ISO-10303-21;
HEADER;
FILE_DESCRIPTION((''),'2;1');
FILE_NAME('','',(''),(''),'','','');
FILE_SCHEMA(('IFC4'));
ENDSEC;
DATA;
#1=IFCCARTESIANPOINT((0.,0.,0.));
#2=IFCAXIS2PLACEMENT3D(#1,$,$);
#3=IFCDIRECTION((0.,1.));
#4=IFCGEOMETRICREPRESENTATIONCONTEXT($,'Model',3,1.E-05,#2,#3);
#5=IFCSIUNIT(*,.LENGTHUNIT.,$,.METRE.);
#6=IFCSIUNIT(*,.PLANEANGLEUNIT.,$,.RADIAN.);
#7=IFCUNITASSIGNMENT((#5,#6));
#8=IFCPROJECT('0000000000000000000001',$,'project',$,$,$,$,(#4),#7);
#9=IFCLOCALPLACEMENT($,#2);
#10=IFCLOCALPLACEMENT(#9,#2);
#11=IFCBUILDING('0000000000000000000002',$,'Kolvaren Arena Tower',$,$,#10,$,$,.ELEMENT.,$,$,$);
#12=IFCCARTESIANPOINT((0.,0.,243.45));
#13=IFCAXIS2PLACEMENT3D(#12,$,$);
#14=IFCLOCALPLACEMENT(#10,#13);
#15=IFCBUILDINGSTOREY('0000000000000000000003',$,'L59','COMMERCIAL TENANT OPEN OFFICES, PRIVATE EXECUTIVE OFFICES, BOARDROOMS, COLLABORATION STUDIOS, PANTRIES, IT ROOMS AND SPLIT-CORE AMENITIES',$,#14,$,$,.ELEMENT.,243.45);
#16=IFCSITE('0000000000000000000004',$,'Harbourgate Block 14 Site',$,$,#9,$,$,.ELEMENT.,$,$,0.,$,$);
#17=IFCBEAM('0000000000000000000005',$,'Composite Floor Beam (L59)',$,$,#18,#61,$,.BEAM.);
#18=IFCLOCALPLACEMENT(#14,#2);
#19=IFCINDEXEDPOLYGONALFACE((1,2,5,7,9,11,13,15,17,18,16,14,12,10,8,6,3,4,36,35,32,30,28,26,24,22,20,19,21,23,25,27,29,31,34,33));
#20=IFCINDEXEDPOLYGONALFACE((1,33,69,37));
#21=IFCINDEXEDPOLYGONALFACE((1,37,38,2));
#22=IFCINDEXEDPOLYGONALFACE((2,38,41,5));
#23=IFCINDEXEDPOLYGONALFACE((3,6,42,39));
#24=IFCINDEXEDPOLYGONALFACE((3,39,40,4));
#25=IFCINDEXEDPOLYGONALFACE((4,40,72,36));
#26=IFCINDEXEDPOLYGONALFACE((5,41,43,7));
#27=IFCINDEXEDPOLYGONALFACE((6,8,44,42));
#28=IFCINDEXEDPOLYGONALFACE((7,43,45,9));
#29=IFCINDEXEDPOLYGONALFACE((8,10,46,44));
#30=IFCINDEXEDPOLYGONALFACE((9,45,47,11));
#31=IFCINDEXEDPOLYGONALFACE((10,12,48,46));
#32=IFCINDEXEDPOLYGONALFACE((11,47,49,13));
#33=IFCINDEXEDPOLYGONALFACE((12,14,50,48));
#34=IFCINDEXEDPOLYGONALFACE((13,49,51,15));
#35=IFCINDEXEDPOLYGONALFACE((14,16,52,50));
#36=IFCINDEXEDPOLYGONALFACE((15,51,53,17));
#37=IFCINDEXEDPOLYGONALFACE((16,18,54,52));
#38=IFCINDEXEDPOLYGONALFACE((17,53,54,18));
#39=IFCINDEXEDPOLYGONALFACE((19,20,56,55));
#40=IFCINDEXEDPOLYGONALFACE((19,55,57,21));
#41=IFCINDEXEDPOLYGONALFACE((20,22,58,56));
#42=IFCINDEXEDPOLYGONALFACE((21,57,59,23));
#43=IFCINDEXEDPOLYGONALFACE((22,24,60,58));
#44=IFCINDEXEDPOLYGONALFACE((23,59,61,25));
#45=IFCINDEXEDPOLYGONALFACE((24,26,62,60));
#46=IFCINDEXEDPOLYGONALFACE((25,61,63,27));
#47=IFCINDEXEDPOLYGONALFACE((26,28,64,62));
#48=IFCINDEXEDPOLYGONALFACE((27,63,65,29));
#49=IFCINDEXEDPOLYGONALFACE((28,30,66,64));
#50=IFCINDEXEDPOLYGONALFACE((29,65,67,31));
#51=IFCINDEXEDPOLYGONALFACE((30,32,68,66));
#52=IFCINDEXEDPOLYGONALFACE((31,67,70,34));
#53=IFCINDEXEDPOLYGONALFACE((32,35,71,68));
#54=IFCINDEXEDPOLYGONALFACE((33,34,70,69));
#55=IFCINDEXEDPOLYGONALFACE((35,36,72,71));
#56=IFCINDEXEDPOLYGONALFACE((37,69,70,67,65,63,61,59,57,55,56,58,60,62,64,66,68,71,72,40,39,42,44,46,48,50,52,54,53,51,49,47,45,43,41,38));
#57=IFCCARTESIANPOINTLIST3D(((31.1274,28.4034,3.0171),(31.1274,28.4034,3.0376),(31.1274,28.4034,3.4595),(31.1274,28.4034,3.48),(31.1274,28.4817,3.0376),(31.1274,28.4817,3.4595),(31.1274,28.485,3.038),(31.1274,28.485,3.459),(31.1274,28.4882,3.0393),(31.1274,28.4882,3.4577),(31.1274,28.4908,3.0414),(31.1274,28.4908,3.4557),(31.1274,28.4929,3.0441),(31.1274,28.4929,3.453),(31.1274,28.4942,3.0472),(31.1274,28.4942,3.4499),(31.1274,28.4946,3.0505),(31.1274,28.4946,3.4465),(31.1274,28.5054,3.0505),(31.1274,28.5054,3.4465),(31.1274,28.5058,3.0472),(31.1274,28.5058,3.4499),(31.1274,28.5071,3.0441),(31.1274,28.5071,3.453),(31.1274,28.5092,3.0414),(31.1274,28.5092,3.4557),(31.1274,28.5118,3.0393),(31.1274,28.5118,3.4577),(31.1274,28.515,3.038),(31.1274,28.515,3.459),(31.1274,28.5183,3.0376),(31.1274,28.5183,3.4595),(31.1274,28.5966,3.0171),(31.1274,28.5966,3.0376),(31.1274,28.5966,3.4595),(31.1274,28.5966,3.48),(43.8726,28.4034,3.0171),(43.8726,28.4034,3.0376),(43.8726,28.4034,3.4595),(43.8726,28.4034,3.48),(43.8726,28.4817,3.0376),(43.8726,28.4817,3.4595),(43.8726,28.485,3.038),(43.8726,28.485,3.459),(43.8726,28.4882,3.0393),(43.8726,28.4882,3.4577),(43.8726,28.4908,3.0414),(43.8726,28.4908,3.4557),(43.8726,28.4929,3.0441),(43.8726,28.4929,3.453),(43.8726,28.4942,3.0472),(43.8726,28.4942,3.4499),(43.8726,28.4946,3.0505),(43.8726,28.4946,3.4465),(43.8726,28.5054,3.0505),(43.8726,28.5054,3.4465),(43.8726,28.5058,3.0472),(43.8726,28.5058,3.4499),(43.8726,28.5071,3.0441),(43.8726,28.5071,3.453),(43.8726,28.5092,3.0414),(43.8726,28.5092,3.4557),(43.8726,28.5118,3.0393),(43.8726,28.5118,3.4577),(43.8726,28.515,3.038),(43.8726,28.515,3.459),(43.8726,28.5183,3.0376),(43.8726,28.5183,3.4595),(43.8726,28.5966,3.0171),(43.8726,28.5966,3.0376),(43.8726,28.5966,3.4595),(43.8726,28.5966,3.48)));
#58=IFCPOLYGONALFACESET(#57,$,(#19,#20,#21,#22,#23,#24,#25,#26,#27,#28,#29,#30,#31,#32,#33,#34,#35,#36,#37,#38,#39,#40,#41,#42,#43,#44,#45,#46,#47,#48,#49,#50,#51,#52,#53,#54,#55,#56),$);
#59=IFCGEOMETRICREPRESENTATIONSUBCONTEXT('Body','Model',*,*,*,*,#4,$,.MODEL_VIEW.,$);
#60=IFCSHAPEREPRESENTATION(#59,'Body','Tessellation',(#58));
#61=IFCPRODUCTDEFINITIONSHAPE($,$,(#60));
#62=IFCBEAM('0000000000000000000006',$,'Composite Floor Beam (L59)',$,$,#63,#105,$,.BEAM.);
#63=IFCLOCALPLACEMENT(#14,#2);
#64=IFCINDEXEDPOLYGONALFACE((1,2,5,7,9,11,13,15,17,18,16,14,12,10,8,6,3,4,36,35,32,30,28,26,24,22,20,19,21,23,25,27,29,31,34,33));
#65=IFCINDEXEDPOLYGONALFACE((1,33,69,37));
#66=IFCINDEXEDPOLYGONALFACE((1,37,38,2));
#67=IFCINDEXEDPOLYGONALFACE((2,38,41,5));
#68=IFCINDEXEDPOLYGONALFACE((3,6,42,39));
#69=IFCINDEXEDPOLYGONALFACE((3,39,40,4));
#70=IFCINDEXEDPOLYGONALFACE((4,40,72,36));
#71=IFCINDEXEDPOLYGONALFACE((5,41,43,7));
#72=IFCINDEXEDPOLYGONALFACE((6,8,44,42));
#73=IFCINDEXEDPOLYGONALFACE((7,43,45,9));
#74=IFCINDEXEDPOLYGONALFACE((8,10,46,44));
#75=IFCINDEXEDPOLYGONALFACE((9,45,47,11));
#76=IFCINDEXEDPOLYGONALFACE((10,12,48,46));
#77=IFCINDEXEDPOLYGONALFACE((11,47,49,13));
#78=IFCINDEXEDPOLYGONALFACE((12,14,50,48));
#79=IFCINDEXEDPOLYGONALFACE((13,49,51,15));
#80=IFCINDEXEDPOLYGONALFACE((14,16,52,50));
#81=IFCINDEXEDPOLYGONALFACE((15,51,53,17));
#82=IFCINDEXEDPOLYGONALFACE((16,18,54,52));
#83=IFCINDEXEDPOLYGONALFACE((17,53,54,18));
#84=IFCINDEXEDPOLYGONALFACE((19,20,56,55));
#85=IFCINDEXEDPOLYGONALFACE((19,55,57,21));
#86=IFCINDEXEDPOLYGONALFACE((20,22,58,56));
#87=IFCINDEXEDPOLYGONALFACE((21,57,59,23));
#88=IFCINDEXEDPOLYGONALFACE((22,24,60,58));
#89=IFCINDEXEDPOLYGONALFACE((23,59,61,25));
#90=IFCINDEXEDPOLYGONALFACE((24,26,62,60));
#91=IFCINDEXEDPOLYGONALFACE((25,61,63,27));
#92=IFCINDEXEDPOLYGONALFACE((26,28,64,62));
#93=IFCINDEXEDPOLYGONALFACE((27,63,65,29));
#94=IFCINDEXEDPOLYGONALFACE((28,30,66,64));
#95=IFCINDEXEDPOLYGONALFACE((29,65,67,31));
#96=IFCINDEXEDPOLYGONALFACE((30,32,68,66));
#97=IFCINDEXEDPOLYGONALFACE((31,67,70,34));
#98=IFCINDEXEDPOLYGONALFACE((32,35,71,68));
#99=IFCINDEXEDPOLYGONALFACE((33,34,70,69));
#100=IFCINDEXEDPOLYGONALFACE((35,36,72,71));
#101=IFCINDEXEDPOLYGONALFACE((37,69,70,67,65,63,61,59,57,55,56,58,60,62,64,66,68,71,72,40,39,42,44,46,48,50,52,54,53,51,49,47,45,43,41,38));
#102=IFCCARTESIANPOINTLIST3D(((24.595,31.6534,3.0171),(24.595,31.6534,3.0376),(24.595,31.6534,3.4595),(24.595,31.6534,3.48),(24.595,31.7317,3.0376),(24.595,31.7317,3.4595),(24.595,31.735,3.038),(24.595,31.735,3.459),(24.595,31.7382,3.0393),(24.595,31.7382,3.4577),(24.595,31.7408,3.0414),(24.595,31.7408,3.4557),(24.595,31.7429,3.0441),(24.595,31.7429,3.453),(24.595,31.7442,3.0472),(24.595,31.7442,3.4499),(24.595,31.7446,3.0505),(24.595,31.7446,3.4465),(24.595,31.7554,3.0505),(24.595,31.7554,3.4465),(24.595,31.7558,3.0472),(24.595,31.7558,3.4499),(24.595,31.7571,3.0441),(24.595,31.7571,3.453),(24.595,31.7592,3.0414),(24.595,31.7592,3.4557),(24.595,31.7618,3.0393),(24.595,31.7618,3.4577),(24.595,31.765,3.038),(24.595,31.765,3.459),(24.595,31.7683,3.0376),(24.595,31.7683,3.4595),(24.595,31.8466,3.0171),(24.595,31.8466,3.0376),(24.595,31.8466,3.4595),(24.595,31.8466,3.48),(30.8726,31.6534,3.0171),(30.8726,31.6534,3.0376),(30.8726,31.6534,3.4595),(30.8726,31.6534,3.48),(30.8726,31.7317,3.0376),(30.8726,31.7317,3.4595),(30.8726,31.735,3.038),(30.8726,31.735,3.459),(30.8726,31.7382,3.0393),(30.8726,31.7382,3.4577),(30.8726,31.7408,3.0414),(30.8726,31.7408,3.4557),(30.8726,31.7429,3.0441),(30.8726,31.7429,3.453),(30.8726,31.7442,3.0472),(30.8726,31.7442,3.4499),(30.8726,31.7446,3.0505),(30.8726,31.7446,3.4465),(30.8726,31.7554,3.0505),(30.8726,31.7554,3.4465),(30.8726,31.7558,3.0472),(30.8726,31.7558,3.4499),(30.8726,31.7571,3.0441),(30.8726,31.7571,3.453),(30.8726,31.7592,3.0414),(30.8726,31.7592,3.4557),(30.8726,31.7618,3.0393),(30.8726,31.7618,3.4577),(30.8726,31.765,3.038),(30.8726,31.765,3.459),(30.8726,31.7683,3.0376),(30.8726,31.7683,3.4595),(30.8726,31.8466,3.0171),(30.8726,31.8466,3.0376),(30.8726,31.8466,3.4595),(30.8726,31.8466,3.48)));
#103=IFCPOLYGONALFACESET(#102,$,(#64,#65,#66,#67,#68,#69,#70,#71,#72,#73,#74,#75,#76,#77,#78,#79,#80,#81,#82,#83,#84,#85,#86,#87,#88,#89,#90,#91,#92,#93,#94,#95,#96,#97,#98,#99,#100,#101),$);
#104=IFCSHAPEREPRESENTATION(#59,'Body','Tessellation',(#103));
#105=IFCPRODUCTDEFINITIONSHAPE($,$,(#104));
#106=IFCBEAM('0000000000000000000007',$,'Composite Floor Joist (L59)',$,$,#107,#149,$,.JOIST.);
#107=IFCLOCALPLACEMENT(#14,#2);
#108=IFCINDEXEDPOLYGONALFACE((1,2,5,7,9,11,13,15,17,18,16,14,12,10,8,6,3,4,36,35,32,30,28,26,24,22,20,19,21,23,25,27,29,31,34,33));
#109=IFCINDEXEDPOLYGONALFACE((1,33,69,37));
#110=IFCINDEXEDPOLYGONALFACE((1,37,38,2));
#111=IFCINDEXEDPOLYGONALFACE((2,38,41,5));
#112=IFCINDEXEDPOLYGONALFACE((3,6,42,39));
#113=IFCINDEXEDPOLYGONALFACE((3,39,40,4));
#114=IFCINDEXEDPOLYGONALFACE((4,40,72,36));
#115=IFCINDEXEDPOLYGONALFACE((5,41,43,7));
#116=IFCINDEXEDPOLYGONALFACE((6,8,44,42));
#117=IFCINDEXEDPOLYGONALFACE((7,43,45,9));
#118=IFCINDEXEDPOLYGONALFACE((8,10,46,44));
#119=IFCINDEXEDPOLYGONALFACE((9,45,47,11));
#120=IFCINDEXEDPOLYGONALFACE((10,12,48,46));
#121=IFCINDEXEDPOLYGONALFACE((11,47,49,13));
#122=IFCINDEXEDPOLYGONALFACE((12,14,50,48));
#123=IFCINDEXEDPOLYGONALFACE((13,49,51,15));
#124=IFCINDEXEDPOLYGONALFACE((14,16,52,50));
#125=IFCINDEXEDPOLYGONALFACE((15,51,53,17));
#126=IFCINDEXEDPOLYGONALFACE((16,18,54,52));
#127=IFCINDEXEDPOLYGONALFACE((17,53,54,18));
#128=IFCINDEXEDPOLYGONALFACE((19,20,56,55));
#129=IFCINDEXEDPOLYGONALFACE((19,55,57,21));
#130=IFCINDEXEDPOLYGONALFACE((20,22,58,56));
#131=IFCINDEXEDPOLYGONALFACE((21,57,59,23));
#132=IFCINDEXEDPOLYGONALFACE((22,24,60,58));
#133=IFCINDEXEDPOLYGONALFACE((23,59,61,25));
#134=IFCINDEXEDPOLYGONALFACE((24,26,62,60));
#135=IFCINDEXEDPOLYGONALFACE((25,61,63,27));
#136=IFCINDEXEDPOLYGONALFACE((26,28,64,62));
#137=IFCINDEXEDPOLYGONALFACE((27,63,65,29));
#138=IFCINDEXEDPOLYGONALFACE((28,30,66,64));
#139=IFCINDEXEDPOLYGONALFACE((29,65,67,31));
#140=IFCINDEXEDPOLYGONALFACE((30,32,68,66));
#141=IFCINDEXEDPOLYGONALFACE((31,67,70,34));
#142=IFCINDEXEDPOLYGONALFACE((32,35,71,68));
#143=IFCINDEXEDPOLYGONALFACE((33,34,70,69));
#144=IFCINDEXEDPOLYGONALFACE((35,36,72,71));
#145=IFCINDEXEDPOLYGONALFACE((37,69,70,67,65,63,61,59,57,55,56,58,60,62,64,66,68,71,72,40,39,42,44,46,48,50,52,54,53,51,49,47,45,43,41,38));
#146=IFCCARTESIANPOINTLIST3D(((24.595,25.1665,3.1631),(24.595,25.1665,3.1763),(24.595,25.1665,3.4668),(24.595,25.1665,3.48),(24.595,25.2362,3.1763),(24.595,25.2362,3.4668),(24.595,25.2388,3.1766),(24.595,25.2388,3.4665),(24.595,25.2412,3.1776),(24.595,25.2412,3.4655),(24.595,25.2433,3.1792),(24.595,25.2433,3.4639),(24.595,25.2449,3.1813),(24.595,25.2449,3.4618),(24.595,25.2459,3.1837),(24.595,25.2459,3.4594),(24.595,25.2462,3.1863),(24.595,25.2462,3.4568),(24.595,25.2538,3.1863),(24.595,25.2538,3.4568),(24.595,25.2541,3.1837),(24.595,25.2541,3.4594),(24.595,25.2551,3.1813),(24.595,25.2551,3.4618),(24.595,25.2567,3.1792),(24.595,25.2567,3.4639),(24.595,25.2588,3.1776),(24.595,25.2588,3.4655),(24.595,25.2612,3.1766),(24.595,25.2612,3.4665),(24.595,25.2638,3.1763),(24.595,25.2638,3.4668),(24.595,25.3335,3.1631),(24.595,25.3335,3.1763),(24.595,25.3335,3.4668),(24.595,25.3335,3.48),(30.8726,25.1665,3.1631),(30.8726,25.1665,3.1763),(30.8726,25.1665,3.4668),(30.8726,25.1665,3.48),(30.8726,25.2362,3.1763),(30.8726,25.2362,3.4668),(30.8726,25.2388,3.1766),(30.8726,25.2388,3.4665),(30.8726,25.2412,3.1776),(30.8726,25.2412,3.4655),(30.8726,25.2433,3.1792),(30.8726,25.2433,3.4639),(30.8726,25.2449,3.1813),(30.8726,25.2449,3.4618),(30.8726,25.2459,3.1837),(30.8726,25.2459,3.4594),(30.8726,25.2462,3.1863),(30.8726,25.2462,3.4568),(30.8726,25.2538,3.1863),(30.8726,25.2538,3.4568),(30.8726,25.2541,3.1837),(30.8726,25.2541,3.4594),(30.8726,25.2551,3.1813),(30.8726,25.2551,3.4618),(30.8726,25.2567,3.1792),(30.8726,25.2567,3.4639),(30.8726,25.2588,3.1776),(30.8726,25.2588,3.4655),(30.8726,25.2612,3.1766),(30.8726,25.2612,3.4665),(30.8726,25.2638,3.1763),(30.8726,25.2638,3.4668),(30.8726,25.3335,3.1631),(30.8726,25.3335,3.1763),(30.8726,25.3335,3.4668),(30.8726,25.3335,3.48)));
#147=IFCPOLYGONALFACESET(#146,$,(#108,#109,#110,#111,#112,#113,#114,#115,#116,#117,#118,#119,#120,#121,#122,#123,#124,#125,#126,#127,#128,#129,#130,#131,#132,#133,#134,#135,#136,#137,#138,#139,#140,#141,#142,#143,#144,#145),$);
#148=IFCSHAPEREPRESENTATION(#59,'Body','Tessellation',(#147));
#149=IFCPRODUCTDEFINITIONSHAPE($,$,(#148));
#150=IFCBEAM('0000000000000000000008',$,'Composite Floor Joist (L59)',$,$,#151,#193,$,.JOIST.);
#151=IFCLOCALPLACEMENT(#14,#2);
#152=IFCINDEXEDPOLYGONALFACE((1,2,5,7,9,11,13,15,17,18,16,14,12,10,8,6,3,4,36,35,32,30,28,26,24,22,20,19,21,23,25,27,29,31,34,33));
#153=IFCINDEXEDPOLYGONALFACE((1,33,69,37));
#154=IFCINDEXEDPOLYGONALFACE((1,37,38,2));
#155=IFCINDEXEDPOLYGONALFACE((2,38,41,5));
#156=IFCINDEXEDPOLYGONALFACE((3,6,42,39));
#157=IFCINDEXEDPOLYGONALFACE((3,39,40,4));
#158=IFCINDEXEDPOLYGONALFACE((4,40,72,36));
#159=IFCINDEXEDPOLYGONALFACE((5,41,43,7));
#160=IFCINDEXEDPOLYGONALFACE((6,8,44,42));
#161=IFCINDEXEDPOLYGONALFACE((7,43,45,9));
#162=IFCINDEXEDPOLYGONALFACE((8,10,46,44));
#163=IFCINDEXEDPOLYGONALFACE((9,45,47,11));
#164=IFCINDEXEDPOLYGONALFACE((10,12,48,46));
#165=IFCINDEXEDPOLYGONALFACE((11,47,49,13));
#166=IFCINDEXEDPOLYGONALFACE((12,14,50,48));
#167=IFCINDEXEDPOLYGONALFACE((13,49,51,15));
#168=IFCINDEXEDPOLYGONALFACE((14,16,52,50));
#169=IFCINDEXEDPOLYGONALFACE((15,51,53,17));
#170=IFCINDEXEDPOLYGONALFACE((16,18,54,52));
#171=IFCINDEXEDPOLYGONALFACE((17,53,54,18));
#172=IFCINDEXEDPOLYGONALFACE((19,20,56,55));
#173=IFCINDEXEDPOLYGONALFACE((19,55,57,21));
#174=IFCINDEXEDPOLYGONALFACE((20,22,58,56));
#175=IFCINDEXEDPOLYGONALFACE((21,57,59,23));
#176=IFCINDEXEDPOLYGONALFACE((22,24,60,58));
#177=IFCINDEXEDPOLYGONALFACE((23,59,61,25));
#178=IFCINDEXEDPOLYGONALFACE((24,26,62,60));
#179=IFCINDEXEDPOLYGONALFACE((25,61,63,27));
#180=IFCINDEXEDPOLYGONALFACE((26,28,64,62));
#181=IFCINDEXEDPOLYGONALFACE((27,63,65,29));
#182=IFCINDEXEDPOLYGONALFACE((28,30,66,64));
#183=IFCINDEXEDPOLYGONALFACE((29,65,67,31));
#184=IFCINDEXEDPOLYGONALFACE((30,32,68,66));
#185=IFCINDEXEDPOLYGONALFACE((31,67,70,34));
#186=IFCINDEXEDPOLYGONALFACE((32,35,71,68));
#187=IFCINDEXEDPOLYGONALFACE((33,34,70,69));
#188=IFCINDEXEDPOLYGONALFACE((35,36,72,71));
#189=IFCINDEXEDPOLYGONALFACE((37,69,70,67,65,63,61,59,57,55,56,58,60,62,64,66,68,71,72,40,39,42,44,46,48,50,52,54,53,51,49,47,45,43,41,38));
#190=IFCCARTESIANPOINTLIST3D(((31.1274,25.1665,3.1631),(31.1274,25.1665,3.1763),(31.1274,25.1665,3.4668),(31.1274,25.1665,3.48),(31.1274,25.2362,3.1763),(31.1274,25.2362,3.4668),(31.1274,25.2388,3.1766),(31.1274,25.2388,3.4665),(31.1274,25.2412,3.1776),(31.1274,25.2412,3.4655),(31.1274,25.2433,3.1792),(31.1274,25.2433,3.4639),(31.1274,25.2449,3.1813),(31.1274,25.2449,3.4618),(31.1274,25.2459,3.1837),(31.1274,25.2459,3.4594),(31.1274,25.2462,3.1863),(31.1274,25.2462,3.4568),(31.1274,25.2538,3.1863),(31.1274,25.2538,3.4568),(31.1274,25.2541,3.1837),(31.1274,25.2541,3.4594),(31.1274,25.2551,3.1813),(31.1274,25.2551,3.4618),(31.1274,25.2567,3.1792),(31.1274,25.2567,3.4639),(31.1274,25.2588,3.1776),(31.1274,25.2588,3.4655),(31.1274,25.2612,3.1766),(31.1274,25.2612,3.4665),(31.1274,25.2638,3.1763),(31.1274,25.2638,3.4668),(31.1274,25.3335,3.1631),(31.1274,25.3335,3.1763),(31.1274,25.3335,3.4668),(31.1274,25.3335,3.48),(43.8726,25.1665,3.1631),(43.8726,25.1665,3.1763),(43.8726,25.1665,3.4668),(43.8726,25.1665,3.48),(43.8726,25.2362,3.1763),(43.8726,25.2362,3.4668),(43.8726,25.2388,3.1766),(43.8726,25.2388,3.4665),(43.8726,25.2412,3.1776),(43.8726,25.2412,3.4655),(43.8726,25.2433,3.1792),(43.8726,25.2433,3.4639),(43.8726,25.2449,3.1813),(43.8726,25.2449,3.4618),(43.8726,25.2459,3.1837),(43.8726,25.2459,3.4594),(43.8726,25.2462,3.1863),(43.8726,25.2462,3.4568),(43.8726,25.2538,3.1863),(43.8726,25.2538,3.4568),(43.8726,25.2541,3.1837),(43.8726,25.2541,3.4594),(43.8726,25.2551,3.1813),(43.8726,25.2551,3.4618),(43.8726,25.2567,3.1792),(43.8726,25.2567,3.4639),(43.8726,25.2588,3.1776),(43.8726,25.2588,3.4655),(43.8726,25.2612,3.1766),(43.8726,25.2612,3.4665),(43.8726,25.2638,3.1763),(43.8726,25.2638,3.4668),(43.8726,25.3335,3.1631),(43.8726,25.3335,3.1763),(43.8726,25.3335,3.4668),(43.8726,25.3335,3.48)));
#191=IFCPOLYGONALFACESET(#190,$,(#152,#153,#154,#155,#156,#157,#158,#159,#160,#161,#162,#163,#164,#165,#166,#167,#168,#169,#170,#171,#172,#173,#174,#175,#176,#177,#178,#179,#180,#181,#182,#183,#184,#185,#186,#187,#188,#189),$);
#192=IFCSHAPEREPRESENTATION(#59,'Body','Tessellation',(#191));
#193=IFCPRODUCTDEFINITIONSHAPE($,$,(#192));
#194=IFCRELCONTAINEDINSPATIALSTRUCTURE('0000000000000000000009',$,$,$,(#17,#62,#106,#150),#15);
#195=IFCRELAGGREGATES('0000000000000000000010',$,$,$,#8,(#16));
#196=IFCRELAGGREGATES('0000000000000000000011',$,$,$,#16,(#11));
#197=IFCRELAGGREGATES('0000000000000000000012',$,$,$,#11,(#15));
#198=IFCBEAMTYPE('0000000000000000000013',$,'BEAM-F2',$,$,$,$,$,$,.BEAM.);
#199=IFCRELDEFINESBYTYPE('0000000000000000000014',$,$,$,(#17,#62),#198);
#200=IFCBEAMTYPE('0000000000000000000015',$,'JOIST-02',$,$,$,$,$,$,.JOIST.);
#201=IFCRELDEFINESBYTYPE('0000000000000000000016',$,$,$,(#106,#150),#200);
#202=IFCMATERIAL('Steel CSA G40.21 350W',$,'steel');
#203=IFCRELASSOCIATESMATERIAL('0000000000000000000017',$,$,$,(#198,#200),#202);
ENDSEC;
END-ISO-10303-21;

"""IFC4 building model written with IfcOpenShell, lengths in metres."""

from ifc_helpers import new_model, si_unit, direction, frame, origin, origin_2d, place, context, subcontext, project, spatial, i_section, extrude, material, material_profile, profile_set, type_object, element, save


model = new_model("IFC4")

# Units and contexts
model_context = context("Model", 3, precision=1e-05, world=origin(), true_north=direction((0.0, 1.0)))
body_context = subcontext(model_context, "Body", "Model", "MODEL_VIEW")
ifc_project = project(units=[si_unit("LENGTHUNIT", "METRE"), si_unit("PLANEANGLEUNIT", "RADIAN")], contexts=[model_context])

# Site, building, storey
site_placement = place(None, origin())
site = spatial("IfcSite", under=ifc_project, at=site_placement, Name="Harbourgate Block 14 Site", CompositionType="ELEMENT", RefElevation=0.0)
building_placement = place(site_placement, origin())
building = spatial("IfcBuilding", under=site, at=building_placement, Name="Kolvaren Arena Tower", CompositionType="ELEMENT")
storey_placement = place(building_placement, frame((0.0, 0.0, 243.45)))
storey = spatial("IfcBuildingStorey", under=building, at=storey_placement, Name="L59", Description="COMMERCIAL TENANT OPEN OFFICES, PRIVATE EXECUTIVE OFFICES, BOARDROOMS, COLLABORATION STUDIOS, PANTRIES, IT ROOMS AND SPLIT-CORE AMENITIES", CompositionType="ELEMENT", Elevation=243.45)

# Beams
ifc_material_1 = material(Name="Steel CSA G40.21 350W", Category="steel")
ifc_material_profile_1 = material_profile(ifc_material_1, i_section(OverallWidth=0.1931, OverallDepth=0.4629, WebThickness=0.0107, FlangeThickness=0.0205, FilletRadius=0.0129, at=origin_2d()), Name="W460x113")
ifc_profile_set_1 = profile_set([ifc_material_profile_1], Name="Steel CSA G40.21 350W")
beam_type_1 = type_object("IfcBeamType", Name="BEAM-F2", PredefinedType="BEAM", material=ifc_profile_set_1)
beam_1_placement = place(storey_placement, frame((31.1274, 28.5, 3.2485), z_axis=(1.0, 0.0, 0.0), x_axis=(0.0, 1.0, 0.0)))
element("IfcBeam", 1, at=beam_1_placement, inside=storey, type_object=beam_type_1, Name="Composite Floor Beam (L59)", PredefinedType="BEAM", context=body_context, shape_type="SweptSolid", body=[
    extrude(i_section(OverallWidth=0.1931, OverallDepth=0.4629, WebThickness=0.0107, FlangeThickness=0.0205, FilletRadius=0.0129, at=origin_2d()), origin(), (0.0, 0.0, 1.0), 12.7451),
])
beam_2_placement = place(storey_placement, frame((24.595, 31.75, 3.2485), z_axis=(1.0, 0.0, 0.0), x_axis=(0.0, 1.0, 0.0)))
element("IfcBeam", 2, at=beam_2_placement, inside=storey, type_object=beam_type_1, Name="Composite Floor Beam (L59)", PredefinedType="BEAM", context=body_context, shape_type="SweptSolid", body=[
    extrude(i_section(OverallWidth=0.1931, OverallDepth=0.4629, WebThickness=0.0107, FlangeThickness=0.0205, FilletRadius=0.0129, at=origin_2d()), origin(), (0.0, 0.0, 1.0), 6.2776),
])
ifc_material_profile_2 = material_profile(ifc_material_1, i_section(OverallWidth=0.167, OverallDepth=0.3169, WebThickness=0.0076, FlangeThickness=0.0132, FilletRadius=0.01, at=origin_2d()), Name="W310x52")
ifc_profile_set_2 = profile_set([ifc_material_profile_2], Name="Steel CSA G40.21 350W")
beam_type_2 = type_object("IfcBeamType", Name="JOIST-02", PredefinedType="JOIST", material=ifc_profile_set_2)
beam_3_placement = place(storey_placement, frame((24.595, 25.25, 3.3215), z_axis=(1.0, 0.0, 0.0), x_axis=(0.0, 1.0, 0.0)))
element("IfcBeam", 3, at=beam_3_placement, inside=storey, type_object=beam_type_2, Name="Composite Floor Joist (L59)", PredefinedType="JOIST", context=body_context, shape_type="SweptSolid", body=[
    extrude(i_section(OverallWidth=0.167, OverallDepth=0.3169, WebThickness=0.0076, FlangeThickness=0.0132, FilletRadius=0.01, at=origin_2d()), origin(), (0.0, 0.0, 1.0), 6.2776),
])
beam_4_placement = place(storey_placement, frame((31.1274, 25.25, 3.3215), z_axis=(1.0, 0.0, 0.0), x_axis=(0.0, 1.0, 0.0)))
element("IfcBeam", 4, at=beam_4_placement, inside=storey, type_object=beam_type_2, Name="Composite Floor Joist (L59)", PredefinedType="JOIST", context=body_context, shape_type="SweptSolid", body=[
    extrude(i_section(OverallWidth=0.167, OverallDepth=0.3169, WebThickness=0.0076, FlangeThickness=0.0132, FilletRadius=0.01, at=origin_2d()), origin(), (0.0, 0.0, 1.0), 12.7451),
])

save(model, "model.ifc")
